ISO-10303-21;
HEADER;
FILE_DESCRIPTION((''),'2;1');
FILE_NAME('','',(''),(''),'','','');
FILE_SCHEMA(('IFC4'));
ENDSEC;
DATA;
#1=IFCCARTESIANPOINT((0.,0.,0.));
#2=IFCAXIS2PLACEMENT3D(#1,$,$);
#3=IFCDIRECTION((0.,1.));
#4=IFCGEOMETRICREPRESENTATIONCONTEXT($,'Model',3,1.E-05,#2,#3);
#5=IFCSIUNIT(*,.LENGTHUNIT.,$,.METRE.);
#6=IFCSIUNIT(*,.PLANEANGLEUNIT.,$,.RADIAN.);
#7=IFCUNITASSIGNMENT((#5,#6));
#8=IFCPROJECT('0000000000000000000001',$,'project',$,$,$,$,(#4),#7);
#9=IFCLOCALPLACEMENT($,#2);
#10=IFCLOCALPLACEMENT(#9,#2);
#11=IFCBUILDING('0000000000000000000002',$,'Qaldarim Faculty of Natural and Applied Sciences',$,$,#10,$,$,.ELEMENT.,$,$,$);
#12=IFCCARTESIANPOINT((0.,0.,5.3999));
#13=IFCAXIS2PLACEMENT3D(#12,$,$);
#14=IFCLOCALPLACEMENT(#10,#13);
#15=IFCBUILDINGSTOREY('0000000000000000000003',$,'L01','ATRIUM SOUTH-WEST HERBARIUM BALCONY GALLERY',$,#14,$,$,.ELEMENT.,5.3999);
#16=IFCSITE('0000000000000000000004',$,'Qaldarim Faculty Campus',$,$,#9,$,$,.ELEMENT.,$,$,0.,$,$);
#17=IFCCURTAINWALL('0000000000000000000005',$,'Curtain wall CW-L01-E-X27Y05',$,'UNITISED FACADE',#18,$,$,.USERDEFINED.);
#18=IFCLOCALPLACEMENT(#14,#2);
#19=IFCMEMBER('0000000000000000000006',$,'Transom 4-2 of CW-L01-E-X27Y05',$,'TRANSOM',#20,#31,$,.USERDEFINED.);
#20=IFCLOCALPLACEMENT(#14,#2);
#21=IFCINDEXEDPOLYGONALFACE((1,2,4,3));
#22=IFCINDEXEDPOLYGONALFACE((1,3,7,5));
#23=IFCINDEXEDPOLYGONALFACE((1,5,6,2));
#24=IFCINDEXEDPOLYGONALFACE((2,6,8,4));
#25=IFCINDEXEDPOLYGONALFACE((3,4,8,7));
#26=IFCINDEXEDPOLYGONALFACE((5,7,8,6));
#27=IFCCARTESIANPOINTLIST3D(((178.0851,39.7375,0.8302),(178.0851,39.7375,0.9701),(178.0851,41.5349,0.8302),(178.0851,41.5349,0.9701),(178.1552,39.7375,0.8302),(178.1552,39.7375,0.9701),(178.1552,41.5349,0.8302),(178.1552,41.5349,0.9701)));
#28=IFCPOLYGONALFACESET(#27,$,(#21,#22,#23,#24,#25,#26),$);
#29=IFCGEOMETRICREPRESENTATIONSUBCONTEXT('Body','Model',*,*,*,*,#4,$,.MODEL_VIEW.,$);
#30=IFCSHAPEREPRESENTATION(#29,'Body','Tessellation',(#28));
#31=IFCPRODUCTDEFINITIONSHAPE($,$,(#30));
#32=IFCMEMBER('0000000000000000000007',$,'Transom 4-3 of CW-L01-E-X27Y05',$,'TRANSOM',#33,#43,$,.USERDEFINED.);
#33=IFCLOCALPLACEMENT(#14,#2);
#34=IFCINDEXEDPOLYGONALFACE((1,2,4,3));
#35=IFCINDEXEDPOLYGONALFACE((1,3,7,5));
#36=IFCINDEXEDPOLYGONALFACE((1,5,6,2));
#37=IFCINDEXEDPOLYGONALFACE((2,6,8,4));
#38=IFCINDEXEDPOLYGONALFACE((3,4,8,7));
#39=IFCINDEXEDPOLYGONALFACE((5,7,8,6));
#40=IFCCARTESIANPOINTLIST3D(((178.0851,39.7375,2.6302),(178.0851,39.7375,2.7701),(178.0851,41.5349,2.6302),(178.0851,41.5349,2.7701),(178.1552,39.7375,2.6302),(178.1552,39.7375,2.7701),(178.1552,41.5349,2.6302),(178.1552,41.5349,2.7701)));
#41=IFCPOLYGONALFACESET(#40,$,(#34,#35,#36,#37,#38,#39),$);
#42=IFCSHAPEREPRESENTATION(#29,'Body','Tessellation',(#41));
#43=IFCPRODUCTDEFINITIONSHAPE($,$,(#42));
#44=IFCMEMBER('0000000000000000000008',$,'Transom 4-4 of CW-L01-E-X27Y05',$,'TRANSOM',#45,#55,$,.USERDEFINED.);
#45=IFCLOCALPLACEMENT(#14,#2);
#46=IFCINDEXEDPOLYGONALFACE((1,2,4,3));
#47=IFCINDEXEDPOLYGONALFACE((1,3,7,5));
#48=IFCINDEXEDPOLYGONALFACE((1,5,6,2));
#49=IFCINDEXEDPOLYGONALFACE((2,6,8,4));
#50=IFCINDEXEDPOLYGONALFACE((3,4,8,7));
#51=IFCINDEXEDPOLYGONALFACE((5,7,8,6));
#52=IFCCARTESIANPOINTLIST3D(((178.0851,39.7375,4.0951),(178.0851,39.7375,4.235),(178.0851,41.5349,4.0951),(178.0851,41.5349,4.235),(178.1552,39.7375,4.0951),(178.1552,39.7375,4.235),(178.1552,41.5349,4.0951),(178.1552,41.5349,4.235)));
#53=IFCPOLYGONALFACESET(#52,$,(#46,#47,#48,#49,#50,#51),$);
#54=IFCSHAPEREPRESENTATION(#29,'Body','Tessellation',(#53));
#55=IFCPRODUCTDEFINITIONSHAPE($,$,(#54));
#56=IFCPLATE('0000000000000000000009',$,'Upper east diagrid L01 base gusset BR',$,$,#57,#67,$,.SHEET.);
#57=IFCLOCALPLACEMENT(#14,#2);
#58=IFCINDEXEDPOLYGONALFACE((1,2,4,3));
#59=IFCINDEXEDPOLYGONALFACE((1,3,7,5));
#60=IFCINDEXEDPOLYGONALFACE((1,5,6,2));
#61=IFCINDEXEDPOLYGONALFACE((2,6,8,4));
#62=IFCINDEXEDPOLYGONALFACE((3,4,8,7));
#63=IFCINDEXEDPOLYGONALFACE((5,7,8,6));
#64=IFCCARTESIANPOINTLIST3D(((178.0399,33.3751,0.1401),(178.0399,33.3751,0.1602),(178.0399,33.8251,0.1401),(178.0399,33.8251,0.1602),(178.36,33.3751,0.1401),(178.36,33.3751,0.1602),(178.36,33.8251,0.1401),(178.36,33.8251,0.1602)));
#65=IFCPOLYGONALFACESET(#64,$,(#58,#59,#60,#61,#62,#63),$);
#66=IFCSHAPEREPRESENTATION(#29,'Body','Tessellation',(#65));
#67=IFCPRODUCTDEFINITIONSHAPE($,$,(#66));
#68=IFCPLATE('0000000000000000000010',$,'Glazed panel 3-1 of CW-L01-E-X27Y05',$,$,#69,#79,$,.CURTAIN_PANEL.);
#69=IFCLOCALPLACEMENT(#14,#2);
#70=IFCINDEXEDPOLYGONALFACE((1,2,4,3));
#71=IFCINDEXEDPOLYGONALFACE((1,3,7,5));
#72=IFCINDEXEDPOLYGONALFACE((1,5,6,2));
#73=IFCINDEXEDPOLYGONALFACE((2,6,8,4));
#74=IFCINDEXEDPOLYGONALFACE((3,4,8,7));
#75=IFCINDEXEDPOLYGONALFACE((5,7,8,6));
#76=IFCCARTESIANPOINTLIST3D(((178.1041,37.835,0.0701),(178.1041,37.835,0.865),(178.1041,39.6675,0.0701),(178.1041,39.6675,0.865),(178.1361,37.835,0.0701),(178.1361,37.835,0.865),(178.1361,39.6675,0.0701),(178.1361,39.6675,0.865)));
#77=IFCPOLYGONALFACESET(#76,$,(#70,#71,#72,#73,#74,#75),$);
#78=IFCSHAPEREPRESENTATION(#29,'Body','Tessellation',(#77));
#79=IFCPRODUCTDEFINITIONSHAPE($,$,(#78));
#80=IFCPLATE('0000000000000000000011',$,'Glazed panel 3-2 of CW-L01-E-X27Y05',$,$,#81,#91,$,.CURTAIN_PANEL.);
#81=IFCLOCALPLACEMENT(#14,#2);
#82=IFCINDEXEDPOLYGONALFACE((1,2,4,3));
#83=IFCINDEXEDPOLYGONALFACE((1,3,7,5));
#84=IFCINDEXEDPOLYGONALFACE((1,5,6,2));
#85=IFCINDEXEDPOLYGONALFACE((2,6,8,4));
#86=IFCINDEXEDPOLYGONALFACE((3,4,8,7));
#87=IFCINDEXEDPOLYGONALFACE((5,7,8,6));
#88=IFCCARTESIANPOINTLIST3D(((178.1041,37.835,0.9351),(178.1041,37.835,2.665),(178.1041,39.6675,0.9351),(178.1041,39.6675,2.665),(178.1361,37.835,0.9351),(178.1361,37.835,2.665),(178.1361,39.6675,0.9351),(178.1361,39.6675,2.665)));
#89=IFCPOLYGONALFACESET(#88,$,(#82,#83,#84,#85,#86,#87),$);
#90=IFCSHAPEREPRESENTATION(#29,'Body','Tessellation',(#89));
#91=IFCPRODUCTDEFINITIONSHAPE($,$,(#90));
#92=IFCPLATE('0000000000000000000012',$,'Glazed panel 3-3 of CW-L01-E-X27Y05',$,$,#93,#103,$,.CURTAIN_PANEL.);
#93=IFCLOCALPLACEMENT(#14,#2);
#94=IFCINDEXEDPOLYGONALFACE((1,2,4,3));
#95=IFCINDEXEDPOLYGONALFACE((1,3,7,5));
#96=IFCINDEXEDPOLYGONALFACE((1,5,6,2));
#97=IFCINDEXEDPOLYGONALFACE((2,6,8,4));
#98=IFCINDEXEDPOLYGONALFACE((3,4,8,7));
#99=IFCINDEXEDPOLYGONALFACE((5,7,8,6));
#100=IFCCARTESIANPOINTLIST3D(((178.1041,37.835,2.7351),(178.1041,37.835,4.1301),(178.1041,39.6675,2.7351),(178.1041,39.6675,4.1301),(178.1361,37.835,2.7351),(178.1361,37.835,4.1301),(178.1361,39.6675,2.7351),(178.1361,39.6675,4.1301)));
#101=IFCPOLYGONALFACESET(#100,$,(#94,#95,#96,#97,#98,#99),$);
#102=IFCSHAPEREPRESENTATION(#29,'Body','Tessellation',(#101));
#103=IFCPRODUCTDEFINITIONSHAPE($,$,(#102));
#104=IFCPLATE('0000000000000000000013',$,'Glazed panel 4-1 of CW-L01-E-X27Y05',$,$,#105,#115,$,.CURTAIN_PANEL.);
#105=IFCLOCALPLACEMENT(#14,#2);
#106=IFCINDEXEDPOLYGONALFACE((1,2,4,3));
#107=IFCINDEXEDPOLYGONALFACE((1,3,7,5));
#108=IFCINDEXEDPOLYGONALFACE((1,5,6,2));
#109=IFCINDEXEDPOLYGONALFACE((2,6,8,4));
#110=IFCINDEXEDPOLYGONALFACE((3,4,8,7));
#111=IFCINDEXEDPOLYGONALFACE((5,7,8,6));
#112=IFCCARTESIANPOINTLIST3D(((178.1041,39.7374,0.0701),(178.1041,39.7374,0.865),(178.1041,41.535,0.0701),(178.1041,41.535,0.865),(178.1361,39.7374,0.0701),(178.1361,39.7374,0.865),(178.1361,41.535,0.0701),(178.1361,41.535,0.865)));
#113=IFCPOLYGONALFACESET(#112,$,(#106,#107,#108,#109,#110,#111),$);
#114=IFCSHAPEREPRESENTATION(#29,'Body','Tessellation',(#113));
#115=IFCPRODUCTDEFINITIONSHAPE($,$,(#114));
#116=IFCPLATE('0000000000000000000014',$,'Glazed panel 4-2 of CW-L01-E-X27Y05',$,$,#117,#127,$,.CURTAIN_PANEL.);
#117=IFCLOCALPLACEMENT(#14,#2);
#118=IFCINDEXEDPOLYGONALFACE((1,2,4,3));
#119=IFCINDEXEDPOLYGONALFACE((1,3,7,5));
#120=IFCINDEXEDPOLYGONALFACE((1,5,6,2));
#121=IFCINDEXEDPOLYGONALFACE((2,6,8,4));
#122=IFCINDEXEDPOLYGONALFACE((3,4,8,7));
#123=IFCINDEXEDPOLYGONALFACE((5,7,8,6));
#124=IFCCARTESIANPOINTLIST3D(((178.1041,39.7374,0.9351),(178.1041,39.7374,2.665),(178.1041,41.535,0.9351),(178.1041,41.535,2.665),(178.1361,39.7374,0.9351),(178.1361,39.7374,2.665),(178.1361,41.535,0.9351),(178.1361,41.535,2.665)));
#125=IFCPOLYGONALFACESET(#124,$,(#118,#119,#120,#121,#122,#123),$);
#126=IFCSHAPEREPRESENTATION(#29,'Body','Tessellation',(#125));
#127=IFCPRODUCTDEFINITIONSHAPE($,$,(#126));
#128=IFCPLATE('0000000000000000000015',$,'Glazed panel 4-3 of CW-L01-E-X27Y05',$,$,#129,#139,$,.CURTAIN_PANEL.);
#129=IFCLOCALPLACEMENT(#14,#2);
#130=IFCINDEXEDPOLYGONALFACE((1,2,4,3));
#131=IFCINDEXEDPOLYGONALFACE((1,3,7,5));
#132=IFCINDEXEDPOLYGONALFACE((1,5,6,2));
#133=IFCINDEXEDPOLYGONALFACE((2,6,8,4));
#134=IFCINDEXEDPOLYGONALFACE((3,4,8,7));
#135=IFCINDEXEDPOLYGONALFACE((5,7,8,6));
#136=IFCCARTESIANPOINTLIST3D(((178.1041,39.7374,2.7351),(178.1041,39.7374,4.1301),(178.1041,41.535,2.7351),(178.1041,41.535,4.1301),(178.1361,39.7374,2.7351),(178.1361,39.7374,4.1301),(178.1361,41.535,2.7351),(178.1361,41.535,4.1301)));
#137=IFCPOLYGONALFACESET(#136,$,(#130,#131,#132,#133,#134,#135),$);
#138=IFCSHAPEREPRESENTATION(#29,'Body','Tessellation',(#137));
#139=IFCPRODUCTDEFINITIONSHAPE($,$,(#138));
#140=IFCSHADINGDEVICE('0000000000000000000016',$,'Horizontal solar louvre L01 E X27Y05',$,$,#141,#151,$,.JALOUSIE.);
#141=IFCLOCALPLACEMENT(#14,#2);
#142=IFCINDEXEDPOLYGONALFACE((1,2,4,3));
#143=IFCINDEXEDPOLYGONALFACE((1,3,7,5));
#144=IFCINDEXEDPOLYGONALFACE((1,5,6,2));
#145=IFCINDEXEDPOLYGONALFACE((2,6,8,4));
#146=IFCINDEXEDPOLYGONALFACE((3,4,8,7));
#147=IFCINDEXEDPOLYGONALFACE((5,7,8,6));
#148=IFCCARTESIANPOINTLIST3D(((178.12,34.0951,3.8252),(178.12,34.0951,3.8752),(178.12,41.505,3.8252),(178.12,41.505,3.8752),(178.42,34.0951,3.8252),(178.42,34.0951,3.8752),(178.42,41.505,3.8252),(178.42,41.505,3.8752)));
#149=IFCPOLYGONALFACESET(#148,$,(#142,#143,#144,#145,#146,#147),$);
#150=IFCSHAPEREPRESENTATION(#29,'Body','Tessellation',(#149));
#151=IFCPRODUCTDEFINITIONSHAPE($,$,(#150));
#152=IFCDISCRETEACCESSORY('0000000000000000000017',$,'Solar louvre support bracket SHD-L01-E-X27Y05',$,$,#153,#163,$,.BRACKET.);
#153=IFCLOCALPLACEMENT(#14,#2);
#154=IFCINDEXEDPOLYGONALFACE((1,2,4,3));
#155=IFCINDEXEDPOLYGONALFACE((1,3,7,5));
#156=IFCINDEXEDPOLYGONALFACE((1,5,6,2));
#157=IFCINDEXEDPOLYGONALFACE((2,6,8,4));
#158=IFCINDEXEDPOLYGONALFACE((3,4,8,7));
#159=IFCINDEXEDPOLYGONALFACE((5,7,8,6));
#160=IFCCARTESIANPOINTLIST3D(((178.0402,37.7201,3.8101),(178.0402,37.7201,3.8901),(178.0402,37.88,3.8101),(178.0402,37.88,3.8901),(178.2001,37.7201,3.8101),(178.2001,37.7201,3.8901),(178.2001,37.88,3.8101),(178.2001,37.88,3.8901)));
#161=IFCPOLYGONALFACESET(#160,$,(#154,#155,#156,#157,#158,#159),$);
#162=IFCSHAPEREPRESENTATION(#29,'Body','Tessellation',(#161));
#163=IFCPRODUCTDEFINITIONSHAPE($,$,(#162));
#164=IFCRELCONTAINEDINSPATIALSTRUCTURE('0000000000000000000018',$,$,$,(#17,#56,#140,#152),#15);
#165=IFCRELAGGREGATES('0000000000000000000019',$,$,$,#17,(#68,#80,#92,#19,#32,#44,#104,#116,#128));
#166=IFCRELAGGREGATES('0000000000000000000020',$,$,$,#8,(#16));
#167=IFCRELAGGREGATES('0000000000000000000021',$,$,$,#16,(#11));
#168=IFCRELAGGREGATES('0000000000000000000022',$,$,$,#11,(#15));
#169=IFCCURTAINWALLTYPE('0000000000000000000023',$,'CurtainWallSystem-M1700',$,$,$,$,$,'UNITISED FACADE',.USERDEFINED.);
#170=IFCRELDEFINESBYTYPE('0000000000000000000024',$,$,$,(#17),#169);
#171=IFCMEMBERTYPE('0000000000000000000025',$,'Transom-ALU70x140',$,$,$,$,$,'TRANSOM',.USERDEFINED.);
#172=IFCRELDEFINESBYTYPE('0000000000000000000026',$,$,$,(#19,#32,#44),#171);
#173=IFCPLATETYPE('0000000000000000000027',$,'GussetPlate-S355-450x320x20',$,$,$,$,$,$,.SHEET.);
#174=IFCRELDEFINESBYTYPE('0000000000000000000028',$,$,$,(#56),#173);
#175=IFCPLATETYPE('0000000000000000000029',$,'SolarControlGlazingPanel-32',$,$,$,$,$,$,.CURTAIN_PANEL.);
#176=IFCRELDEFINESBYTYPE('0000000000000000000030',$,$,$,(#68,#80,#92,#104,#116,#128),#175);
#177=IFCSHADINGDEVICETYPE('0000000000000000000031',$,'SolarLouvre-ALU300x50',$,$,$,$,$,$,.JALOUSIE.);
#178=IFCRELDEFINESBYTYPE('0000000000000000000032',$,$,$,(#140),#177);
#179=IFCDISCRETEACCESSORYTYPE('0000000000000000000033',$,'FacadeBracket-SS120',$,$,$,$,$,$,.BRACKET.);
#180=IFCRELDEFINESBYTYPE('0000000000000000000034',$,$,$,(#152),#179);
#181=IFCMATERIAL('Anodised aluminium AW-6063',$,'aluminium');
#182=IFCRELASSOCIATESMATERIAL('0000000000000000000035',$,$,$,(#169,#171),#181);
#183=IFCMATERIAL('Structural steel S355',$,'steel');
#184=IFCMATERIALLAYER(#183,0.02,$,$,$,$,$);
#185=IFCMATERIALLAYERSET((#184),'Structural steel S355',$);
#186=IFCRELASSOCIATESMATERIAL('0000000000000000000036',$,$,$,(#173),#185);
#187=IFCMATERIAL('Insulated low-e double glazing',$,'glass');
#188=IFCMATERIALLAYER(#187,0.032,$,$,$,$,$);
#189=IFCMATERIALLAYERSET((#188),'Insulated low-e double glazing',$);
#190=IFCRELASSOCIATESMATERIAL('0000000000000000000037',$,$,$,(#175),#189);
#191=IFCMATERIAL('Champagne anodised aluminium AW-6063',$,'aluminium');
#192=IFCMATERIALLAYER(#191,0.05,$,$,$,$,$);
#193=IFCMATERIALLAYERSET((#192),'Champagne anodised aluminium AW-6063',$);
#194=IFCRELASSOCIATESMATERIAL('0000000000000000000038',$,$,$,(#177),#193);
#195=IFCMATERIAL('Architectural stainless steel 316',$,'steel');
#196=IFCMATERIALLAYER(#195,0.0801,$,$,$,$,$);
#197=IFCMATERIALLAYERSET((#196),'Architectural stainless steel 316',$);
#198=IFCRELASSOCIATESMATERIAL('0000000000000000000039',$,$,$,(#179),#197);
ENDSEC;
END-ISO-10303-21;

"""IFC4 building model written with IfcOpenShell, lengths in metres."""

from ifc_helpers import new_model, si_unit, direction, frame, origin, origin_2d, place, context, subcontext, project, spatial, rectangle, extrude, material, layer, layer_set, material_profile, profile_set, type_object, element, aggregate, save


model = new_model("IFC4")

# Units and contexts
model_context = context("Model", 3, precision=1e-05, world=origin(), true_north=direction((0.0, 1.0)))
body_context = subcontext(model_context, "Body", "Model", "MODEL_VIEW")
ifc_project = project(units=[si_unit("LENGTHUNIT", "METRE"), si_unit("PLANEANGLEUNIT", "RADIAN")], contexts=[model_context])

# Site, building, storey
site_placement = place(None, origin())
site = spatial("IfcSite", under=ifc_project, at=site_placement, Name="Qaldarim Faculty Campus", CompositionType="ELEMENT", RefElevation=0.0)
building_placement = place(site_placement, origin())
building = spatial("IfcBuilding", under=site, at=building_placement, Name="Qaldarim Faculty of Natural and Applied Sciences", CompositionType="ELEMENT")
storey_placement = place(building_placement, frame((0.0, 0.0, 5.3999)))
storey = spatial("IfcBuildingStorey", under=building, at=storey_placement, Name="L01", Description="ATRIUM SOUTH-WEST HERBARIUM BALCONY GALLERY", CompositionType="ELEMENT", Elevation=5.3999)

# Shared definitions
ifc_material_1 = material(Name="Structural steel S355", Category="steel")

# Curtain wall, members
ifc_material_2 = material(Name="Anodised aluminium AW-6063", Category="aluminium")
curtain_wall_type = type_object("IfcCurtainWallType", Name="CurtainWallSystem-M1700", ElementType="UNITISED FACADE", PredefinedType="USERDEFINED", material=ifc_material_2)
curtain_wall_placement = place(storey_placement, origin())
curtain_wall = element("IfcCurtainWall", 1, at=curtain_wall_placement, inside=storey, type_object=curtain_wall_type, Name="Curtain wall CW-L01-E-X27Y05", ObjectType="UNITISED FACADE", PredefinedType="USERDEFINED")
ifc_material_profile_1 = material_profile(ifc_material_2, rectangle(XDim=0.0701, YDim=0.1399, at=origin_2d()), Name="ALU-T70x140")
ifc_profile_set_1 = profile_set([ifc_material_profile_1], Name="Anodised aluminium AW-6063")
member_type_1 = type_object("IfcMemberType", Name="Transom-ALU70x140", ElementType="TRANSOM", PredefinedType="USERDEFINED", material=ifc_profile_set_1)
member_1_placement = place(storey_placement, frame((178.1201, 39.7375, 0.9001), z_axis=(0.0, 1.0, 0.0), x_axis=(-1.0, 0.0, 0.0)))
member_1 = element("IfcMember", 2, at=member_1_placement, type_object=member_type_1, Name="Transom 4-2 of CW-L01-E-X27Y05", ObjectType="TRANSOM", PredefinedType="USERDEFINED", context=body_context, shape_type="SweptSolid", body=[
    extrude(rectangle(XDim=0.0701, YDim=0.1399, at=origin_2d()), origin(), (0.0, 0.0, 1.0), 1.7974),
])
member_2_placement = place(storey_placement, frame((178.1201, 39.7375, 2.7002), z_axis=(0.0, 1.0, 0.0), x_axis=(-1.0, 0.0, 0.0)))
member_2 = element("IfcMember", 3, at=member_2_placement, type_object=member_type_1, Name="Transom 4-3 of CW-L01-E-X27Y05", ObjectType="TRANSOM", PredefinedType="USERDEFINED", context=body_context, shape_type="SweptSolid", body=[
    extrude(rectangle(XDim=0.0701, YDim=0.1399, at=origin_2d()), origin(), (0.0, 0.0, 1.0), 1.7974),
])
member_3_placement = place(storey_placement, frame((178.1201, 39.7375, 4.165), z_axis=(0.0, 1.0, 0.0), x_axis=(-1.0, 0.0, 0.0)))
member_3 = element("IfcMember", 4, at=member_3_placement, type_object=member_type_1, Name="Transom 4-4 of CW-L01-E-X27Y05", ObjectType="TRANSOM", PredefinedType="USERDEFINED", context=body_context, shape_type="SweptSolid", body=[
    extrude(rectangle(XDim=0.0701, YDim=0.1399, at=origin_2d()), origin(), (0.0, 0.0, 1.0), 1.7974),
])

# Plates
ifc_layer_1 = layer(ifc_material_1, 0.02)
ifc_layer_set_1 = layer_set([ifc_layer_1], Name="Structural steel S355")
plate_type_1 = type_object("IfcPlateType", Name="GussetPlate-S355-450x320x20", PredefinedType="SHEET", material=ifc_layer_set_1)
plate_1_placement = place(storey_placement, frame((178.2, 33.6001, 0.1401), z_axis=(0.0, 0.0, 1.0), x_axis=(0.0, 1.0, 0.0)))
element("IfcPlate", 5, at=plate_1_placement, inside=storey, type_object=plate_type_1, Name="Upper east diagrid L01 base gusset BR", PredefinedType="SHEET", context=body_context, shape_type="SweptSolid", body=[
    extrude(rectangle(XDim=0.45, YDim=0.3201, at=origin_2d()), origin(), (0.0, 0.0, 1.0), 0.02),
])
ifc_material_3 = material(Name="Insulated low-e double glazing", Category="glass")
ifc_layer_2 = layer(ifc_material_3, 0.032)
ifc_layer_set_2 = layer_set([ifc_layer_2], Name="Insulated low-e double glazing")
plate_type_2 = type_object("IfcPlateType", Name="SolarControlGlazingPanel-32", PredefinedType="CURTAIN_PANEL", material=ifc_layer_set_2)
plate_2_placement = place(storey_placement, frame((178.1201, 38.7512, 0.0701), z_axis=(0.0, 0.0, 1.0), x_axis=(0.0, 1.0, 0.0)))
plate_2 = element("IfcPlate", 6, at=plate_2_placement, type_object=plate_type_2, Name="Glazed panel 3-1 of CW-L01-E-X27Y05", PredefinedType="CURTAIN_PANEL", context=body_context, shape_type="SweptSolid", body=[
    extrude(rectangle(XDim=1.8325, YDim=0.032, at=origin_2d()), origin(), (0.0, 0.0, 1.0), 0.7949),
])
plate_3_placement = place(storey_placement, frame((178.1201, 38.7512, 0.9351), z_axis=(0.0, 0.0, 1.0), x_axis=(0.0, 1.0, 0.0)))
plate_3 = element("IfcPlate", 7, at=plate_3_placement, type_object=plate_type_2, Name="Glazed panel 3-2 of CW-L01-E-X27Y05", PredefinedType="CURTAIN_PANEL", context=body_context, shape_type="SweptSolid", body=[
    extrude(rectangle(XDim=1.8325, YDim=0.032, at=origin_2d()), origin(), (0.0, 0.0, 1.0), 1.73),
])
plate_4_placement = place(storey_placement, frame((178.1201, 38.7512, 2.7351), z_axis=(0.0, 0.0, 1.0), x_axis=(0.0, 1.0, 0.0)))
plate_4 = element("IfcPlate", 8, at=plate_4_placement, type_object=plate_type_2, Name="Glazed panel 3-3 of CW-L01-E-X27Y05", PredefinedType="CURTAIN_PANEL", context=body_context, shape_type="SweptSolid", body=[
    extrude(rectangle(XDim=1.8325, YDim=0.032, at=origin_2d()), origin(), (0.0, 0.0, 1.0), 1.395),
])
plate_5_placement = place(storey_placement, frame((178.1201, 40.6362, 0.0701), z_axis=(0.0, 0.0, 1.0), x_axis=(0.0, 1.0, 0.0)))
plate_5 = element("IfcPlate", 9, at=plate_5_placement, type_object=plate_type_2, Name="Glazed panel 4-1 of CW-L01-E-X27Y05", PredefinedType="CURTAIN_PANEL", context=body_context, shape_type="SweptSolid", body=[
    extrude(rectangle(XDim=1.7976, YDim=0.032, at=origin_2d()), origin(), (0.0, 0.0, 1.0), 0.7949),
])
plate_6_placement = place(storey_placement, frame((178.1201, 40.6362, 0.9351), z_axis=(0.0, 0.0, 1.0), x_axis=(0.0, 1.0, 0.0)))
plate_6 = element("IfcPlate", 10, at=plate_6_placement, type_object=plate_type_2, Name="Glazed panel 4-2 of CW-L01-E-X27Y05", PredefinedType="CURTAIN_PANEL", context=body_context, shape_type="SweptSolid", body=[
    extrude(rectangle(XDim=1.7976, YDim=0.032, at=origin_2d()), origin(), (0.0, 0.0, 1.0), 1.73),
])
plate_7_placement = place(storey_placement, frame((178.1201, 40.6362, 2.7351), z_axis=(0.0, 0.0, 1.0), x_axis=(0.0, 1.0, 0.0)))
plate_7 = element("IfcPlate", 11, at=plate_7_placement, type_object=plate_type_2, Name="Glazed panel 4-3 of CW-L01-E-X27Y05", PredefinedType="CURTAIN_PANEL", context=body_context, shape_type="SweptSolid", body=[
    extrude(rectangle(XDim=1.7976, YDim=0.032, at=origin_2d()), origin(), (0.0, 0.0, 1.0), 1.395),
])
aggregate(curtain_wall, [plate_2, plate_3, plate_4, member_1, member_2, member_3, plate_5, plate_6, plate_7])

# Shading device
ifc_material_4 = material(Name="Champagne anodised aluminium AW-6063", Category="aluminium")
ifc_layer_3 = layer(ifc_material_4, 0.05)
ifc_layer_set_3 = layer_set([ifc_layer_3], Name="Champagne anodised aluminium AW-6063")
shading_device_type = type_object("IfcShadingDeviceType", Name="SolarLouvre-ALU300x50", PredefinedType="JALOUSIE", material=ifc_layer_set_3)
shading_device_placement = place(storey_placement, frame((178.27, 37.8, 3.8252), z_axis=(0.0, 0.0, 1.0), x_axis=(0.0, 1.0, 0.0)))
element("IfcShadingDevice", 12, at=shading_device_placement, inside=storey, type_object=shading_device_type, Name="Horizontal solar louvre L01 E X27Y05", PredefinedType="JALOUSIE", context=body_context, shape_type="SweptSolid", body=[
    extrude(rectangle(XDim=7.4099, YDim=0.3, at=origin_2d()), origin(), (0.0, 0.0, 1.0), 0.05),
])

# Discrete accessory
ifc_material_5 = material(Name="Architectural stainless steel 316", Category="steel")
ifc_layer_4 = layer(ifc_material_5, 0.0801)
ifc_layer_set_4 = layer_set([ifc_layer_4], Name="Architectural stainless steel 316")
discrete_accessory_type = type_object("IfcDiscreteAccessoryType", Name="FacadeBracket-SS120", PredefinedType="BRACKET", material=ifc_layer_set_4)
discrete_accessory_placement = place(storey_placement, frame((178.1201, 37.8, 3.8101), z_axis=(0.0, 0.0, 1.0), x_axis=(0.0, 1.0, 0.0)))
element("IfcDiscreteAccessory", 13, at=discrete_accessory_placement, inside=storey, type_object=discrete_accessory_type, Name="Solar louvre support bracket SHD-L01-E-X27Y05", PredefinedType="BRACKET", context=body_context, shape_type="SweptSolid", body=[
    extrude(rectangle(XDim=0.1599, YDim=0.1599, at=origin_2d()), origin(), (0.0, 0.0, 1.0), 0.0801),
])

save(model, "model.ifc")
